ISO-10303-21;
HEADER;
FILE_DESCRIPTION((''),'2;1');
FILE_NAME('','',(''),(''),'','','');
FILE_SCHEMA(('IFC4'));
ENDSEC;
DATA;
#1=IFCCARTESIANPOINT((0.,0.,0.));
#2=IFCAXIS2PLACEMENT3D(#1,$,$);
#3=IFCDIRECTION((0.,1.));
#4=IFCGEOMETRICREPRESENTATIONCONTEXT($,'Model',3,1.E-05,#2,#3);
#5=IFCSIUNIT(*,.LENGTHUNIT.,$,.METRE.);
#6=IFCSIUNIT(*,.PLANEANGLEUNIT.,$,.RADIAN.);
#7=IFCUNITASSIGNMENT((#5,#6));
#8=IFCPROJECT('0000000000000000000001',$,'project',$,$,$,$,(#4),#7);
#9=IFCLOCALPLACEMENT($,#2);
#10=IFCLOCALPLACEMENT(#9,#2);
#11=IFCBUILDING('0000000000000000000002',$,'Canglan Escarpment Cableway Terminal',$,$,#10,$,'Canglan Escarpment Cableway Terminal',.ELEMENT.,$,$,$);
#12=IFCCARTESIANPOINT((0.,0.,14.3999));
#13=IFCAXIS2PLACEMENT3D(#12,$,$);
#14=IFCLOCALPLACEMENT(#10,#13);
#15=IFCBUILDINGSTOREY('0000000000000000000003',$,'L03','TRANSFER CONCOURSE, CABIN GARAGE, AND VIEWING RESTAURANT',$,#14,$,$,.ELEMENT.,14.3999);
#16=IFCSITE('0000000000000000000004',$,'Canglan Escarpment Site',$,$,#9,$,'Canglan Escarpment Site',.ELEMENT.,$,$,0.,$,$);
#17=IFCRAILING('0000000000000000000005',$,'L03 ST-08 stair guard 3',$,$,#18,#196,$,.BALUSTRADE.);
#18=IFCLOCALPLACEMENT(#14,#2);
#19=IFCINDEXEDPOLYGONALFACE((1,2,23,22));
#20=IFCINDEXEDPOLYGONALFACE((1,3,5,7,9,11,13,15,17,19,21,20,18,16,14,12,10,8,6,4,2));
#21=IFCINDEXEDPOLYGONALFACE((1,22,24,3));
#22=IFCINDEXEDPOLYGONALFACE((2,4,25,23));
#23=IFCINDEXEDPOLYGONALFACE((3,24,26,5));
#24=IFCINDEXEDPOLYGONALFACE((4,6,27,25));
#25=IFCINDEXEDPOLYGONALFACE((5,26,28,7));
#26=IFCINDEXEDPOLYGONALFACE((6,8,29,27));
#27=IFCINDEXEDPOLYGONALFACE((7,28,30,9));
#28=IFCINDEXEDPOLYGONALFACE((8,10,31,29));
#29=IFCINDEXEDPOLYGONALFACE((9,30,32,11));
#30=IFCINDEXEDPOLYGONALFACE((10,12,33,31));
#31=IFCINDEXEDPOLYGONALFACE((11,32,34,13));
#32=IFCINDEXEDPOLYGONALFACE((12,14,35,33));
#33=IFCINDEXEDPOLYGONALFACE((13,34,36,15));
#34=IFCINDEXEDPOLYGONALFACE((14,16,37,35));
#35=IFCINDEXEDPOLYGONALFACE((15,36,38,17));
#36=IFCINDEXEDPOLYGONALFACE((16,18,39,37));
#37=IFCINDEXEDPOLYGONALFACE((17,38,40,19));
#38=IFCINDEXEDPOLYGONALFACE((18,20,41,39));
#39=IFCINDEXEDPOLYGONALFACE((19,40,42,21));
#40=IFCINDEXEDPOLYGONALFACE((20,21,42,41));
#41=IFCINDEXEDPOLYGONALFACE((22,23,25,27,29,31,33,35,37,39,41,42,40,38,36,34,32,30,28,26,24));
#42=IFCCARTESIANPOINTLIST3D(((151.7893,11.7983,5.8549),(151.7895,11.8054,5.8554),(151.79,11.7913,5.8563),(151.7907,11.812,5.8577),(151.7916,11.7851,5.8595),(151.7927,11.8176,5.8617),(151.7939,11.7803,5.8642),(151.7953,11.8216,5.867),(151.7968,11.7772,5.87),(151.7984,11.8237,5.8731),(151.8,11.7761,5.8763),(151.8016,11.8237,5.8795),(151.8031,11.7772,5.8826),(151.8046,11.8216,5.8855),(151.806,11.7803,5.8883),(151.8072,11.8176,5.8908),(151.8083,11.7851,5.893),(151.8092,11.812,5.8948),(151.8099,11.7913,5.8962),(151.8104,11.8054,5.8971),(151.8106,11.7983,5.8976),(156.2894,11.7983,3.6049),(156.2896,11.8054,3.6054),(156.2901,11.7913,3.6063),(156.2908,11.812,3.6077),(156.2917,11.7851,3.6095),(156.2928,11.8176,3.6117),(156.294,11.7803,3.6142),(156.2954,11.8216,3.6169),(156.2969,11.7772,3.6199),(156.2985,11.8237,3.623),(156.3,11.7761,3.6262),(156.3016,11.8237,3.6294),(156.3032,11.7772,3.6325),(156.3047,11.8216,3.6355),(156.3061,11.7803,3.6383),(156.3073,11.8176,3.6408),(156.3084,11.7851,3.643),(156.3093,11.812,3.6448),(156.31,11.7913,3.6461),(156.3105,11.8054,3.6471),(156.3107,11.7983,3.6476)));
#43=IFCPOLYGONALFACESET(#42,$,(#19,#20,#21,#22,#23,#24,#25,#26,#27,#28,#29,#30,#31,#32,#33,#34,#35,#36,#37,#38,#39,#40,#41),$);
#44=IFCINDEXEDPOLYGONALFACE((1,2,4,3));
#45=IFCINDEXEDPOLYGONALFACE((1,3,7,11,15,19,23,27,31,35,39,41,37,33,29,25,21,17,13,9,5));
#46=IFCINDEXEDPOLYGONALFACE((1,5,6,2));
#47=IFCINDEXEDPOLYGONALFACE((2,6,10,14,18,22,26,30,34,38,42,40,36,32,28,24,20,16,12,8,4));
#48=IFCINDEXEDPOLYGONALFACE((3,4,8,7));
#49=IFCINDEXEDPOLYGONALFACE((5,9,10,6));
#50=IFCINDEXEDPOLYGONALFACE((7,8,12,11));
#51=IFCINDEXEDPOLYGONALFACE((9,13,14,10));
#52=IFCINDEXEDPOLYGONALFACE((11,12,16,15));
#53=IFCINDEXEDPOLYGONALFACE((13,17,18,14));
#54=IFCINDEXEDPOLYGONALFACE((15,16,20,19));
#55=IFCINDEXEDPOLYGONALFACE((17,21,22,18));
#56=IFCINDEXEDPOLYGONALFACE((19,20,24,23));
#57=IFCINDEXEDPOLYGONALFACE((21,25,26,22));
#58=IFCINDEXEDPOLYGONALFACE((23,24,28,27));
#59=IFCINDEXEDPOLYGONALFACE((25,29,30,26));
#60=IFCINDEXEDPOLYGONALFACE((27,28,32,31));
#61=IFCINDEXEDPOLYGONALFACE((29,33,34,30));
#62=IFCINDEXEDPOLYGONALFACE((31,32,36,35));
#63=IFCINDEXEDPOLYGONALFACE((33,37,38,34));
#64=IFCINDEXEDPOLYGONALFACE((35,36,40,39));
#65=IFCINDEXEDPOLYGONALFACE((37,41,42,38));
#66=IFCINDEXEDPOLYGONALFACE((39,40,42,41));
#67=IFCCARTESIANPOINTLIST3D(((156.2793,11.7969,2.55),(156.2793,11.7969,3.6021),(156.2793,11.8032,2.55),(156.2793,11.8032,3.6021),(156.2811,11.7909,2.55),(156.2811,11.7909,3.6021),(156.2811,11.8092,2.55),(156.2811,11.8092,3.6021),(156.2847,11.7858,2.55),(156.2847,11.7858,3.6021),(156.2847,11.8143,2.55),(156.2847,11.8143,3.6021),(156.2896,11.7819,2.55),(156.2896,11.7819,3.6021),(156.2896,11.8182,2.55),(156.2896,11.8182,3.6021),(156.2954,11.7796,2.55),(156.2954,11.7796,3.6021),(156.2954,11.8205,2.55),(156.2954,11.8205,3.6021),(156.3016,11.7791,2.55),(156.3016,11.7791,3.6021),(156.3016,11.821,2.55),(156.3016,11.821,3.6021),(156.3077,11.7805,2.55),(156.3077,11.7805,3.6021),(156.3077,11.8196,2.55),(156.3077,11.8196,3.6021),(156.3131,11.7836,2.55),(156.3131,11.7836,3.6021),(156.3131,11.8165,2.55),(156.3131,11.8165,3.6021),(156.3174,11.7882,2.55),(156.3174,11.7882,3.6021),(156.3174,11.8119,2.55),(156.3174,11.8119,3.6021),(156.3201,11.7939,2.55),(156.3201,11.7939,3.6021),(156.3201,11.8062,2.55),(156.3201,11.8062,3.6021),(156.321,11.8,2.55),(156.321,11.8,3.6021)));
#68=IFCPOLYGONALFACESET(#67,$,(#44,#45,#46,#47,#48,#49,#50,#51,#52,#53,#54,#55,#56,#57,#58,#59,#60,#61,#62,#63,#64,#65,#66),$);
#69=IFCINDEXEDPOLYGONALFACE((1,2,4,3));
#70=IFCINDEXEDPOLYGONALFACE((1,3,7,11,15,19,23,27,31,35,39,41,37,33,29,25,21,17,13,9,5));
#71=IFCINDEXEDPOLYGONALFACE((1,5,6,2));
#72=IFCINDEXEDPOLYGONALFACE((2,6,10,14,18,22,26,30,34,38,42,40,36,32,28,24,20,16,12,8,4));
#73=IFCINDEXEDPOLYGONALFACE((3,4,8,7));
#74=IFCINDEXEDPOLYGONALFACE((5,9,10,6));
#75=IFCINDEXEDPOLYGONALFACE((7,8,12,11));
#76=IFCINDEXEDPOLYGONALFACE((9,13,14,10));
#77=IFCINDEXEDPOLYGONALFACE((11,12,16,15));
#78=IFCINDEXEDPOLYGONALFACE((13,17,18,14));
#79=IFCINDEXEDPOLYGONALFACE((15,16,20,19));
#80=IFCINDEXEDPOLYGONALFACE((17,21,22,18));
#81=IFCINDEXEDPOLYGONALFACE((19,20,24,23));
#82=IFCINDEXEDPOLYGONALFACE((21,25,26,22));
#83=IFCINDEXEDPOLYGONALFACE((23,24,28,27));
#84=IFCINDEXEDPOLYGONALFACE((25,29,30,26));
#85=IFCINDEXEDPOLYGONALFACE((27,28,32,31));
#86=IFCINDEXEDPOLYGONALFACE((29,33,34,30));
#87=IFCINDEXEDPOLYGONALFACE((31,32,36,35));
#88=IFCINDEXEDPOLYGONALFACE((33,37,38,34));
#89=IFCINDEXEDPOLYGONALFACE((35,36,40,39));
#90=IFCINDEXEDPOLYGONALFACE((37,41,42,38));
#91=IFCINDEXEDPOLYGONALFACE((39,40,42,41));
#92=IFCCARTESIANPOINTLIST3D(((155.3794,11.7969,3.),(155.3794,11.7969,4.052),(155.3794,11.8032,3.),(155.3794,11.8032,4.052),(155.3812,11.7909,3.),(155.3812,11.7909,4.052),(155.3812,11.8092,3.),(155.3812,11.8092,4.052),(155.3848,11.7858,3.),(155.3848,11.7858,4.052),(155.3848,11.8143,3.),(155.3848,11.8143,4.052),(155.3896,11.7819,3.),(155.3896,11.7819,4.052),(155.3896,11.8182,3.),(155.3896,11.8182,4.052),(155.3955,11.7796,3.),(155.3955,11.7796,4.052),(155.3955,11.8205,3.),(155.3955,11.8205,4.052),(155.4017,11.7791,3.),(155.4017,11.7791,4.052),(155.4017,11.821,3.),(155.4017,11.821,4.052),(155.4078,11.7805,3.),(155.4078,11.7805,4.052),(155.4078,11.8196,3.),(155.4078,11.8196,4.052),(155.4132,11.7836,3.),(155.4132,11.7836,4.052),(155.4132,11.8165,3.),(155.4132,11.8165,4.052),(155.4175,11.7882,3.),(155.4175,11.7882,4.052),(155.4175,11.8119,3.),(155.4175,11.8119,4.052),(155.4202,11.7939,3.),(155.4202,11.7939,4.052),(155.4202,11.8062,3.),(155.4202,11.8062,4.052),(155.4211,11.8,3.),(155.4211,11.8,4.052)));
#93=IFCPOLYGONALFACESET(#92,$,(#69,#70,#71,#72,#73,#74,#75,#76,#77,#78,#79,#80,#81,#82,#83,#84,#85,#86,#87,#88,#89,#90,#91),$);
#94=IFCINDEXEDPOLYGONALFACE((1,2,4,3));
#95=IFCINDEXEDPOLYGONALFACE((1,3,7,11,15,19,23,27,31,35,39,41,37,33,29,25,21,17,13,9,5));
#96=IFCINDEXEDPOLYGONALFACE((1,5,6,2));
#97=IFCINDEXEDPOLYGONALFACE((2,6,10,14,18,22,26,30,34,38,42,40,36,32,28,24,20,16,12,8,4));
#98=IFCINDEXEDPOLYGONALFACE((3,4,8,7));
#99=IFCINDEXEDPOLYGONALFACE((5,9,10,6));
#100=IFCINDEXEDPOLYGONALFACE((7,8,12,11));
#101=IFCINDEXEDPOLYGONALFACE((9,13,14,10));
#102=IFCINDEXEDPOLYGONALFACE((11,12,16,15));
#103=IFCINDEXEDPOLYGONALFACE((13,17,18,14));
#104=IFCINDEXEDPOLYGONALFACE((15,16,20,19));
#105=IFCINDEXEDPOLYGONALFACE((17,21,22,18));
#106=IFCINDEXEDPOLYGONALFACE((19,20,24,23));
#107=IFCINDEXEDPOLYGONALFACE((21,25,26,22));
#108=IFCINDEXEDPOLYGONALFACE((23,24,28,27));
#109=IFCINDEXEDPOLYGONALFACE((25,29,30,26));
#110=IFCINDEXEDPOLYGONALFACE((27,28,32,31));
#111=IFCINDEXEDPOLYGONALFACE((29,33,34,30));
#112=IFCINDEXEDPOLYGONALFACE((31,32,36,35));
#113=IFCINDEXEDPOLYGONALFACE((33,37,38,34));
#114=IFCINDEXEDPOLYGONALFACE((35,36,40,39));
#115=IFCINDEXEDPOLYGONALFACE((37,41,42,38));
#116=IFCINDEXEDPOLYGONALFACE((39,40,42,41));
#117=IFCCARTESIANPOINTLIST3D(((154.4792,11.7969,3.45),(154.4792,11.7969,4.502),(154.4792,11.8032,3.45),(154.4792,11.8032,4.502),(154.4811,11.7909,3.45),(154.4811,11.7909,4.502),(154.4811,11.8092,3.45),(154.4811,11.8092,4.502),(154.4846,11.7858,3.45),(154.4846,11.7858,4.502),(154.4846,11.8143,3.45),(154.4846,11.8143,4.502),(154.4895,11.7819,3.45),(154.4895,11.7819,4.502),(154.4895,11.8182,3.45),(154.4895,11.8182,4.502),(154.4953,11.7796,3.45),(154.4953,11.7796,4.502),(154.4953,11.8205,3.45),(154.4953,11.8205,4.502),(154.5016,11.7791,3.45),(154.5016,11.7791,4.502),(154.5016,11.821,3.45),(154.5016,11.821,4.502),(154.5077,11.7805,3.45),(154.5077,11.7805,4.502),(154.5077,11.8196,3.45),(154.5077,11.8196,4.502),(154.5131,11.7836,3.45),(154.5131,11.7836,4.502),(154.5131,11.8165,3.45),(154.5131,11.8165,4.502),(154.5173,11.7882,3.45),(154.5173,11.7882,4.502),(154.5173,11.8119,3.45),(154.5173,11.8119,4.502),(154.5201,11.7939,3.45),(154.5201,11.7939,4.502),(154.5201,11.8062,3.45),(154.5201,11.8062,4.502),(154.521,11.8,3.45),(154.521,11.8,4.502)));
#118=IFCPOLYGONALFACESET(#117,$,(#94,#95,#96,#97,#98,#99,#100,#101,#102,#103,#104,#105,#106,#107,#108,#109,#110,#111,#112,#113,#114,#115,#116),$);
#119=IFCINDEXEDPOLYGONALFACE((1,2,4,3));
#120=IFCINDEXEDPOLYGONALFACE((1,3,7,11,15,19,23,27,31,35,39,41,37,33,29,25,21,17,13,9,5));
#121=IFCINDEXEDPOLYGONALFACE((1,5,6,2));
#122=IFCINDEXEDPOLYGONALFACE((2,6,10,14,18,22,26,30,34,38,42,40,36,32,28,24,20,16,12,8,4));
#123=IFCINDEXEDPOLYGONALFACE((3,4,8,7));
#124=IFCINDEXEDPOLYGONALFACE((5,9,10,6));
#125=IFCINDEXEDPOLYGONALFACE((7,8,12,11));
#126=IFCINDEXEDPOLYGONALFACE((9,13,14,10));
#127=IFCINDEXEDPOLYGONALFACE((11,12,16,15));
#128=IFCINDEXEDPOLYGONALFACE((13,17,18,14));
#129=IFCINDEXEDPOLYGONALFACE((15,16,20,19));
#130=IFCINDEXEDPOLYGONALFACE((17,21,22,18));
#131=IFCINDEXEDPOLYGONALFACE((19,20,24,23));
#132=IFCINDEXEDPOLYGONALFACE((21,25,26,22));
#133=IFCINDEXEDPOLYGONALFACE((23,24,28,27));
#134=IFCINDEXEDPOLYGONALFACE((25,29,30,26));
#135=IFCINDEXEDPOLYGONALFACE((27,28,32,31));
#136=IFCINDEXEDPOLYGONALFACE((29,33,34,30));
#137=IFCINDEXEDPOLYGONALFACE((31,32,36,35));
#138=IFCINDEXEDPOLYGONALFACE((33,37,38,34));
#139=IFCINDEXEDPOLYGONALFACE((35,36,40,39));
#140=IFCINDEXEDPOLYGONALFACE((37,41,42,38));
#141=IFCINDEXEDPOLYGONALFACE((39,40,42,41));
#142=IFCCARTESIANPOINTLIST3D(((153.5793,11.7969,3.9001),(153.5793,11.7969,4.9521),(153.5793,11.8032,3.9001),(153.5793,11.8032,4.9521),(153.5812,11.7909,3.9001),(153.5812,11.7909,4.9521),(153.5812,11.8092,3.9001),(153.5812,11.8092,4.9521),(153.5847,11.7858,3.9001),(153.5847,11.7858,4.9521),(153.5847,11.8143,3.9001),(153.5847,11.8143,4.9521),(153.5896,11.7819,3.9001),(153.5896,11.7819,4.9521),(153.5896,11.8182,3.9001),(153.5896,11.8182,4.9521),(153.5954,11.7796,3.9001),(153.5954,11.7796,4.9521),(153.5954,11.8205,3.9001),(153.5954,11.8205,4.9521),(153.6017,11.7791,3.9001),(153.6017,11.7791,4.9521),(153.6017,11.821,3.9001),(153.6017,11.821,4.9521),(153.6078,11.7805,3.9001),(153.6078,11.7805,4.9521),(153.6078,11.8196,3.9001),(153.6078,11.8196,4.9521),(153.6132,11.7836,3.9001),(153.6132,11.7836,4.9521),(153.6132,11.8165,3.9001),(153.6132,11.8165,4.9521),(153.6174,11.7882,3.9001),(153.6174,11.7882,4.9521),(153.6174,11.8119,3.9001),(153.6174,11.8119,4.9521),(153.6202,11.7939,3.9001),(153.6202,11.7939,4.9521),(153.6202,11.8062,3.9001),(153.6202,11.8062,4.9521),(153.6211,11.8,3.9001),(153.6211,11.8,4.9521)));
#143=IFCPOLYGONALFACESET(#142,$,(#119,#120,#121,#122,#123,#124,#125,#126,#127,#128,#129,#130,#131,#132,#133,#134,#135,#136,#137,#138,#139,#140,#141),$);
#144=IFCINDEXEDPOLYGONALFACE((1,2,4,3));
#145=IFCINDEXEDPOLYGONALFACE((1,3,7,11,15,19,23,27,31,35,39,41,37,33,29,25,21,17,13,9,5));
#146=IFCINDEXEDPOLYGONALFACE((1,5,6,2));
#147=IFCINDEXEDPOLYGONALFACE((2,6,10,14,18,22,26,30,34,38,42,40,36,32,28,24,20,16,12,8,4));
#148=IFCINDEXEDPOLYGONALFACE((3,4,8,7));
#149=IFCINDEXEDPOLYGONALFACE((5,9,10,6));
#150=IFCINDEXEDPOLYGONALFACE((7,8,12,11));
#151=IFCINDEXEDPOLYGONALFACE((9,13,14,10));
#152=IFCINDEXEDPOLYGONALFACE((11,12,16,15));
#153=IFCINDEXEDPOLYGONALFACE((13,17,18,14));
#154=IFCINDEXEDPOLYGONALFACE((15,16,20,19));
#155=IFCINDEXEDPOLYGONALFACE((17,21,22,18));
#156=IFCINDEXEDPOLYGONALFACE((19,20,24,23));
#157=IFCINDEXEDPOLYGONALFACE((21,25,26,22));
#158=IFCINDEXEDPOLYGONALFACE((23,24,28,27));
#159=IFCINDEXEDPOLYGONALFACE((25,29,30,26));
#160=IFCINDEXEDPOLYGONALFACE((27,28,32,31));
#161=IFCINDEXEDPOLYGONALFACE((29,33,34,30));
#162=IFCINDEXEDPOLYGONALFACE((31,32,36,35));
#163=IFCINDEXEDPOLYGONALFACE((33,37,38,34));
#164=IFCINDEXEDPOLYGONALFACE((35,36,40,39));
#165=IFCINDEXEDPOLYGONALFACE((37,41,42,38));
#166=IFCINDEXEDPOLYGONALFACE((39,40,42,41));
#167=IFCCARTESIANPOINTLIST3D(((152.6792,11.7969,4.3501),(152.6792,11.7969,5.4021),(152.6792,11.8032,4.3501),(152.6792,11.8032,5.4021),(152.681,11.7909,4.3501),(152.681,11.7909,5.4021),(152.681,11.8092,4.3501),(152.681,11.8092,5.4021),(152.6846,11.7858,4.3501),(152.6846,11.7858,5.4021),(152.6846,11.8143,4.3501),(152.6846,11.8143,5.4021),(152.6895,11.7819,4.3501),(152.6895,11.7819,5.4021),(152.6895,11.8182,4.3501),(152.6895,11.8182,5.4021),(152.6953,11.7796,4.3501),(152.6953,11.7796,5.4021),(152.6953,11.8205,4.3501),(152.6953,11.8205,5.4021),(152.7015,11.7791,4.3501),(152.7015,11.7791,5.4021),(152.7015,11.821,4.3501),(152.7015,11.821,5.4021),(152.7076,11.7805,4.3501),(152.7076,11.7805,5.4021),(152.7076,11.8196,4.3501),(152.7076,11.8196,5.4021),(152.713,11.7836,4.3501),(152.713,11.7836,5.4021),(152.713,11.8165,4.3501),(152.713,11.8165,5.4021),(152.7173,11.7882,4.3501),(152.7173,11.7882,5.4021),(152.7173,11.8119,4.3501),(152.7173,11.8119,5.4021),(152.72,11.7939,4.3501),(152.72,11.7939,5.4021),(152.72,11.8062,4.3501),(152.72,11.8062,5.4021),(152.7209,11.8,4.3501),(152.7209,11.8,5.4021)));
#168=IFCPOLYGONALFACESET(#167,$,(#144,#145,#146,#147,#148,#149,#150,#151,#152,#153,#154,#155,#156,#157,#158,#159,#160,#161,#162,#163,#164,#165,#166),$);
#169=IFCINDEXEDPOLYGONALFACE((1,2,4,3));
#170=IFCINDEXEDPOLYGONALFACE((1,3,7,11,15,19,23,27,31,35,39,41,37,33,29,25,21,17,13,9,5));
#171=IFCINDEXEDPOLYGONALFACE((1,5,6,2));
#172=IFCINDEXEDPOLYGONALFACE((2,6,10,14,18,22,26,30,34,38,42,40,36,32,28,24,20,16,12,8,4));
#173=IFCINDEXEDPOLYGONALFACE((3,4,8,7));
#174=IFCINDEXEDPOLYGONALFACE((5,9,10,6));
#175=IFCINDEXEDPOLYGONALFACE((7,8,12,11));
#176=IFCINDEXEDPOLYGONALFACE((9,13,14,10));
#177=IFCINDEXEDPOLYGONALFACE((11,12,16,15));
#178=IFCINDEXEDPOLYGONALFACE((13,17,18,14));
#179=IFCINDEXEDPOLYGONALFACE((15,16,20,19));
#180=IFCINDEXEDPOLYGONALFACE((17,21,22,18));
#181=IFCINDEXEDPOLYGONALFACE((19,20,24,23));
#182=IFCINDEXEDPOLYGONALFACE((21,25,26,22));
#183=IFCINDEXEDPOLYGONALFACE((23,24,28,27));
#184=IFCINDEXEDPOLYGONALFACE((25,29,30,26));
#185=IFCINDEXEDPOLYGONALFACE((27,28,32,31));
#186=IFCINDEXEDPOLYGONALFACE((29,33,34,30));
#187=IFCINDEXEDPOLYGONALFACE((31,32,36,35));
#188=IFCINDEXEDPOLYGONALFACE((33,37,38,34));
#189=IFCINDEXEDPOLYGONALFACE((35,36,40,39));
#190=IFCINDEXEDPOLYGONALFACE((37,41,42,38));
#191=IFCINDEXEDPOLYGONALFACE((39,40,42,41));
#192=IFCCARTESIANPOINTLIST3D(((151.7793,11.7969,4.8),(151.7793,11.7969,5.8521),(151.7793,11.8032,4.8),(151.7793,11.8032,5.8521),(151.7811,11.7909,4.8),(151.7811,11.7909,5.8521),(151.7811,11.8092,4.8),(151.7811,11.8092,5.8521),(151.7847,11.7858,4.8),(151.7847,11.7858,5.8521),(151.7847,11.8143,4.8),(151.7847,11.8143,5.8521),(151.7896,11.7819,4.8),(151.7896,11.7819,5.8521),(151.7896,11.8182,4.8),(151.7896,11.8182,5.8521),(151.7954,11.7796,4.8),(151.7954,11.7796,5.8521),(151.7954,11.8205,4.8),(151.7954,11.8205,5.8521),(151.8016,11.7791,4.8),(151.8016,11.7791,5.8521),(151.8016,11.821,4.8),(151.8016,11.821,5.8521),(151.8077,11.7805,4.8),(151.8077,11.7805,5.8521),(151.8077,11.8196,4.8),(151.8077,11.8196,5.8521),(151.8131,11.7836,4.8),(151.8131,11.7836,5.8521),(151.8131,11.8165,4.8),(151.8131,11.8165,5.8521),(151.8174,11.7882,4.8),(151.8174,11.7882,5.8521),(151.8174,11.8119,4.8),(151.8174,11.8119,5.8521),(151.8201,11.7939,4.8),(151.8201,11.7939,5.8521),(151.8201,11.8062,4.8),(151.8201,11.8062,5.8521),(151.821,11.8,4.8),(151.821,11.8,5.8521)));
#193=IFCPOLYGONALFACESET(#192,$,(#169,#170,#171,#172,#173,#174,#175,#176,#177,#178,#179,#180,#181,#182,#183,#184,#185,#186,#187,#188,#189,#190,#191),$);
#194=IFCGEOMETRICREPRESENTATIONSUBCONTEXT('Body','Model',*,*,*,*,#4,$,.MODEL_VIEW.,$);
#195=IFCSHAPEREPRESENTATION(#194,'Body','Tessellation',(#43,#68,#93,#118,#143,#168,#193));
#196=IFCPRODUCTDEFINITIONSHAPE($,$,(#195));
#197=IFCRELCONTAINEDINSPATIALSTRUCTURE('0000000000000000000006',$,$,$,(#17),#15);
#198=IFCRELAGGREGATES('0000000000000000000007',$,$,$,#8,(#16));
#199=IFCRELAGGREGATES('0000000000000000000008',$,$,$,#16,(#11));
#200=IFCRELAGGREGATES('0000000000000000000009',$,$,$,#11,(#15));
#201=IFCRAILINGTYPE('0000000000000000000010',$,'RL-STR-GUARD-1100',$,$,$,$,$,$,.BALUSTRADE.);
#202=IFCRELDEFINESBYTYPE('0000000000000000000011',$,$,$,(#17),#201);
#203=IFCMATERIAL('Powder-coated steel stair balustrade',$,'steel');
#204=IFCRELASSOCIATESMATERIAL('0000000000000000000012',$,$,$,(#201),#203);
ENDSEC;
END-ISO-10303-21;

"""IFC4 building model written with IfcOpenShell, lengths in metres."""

from ifc_helpers import new_model, si_unit, direction, frame, origin, origin_2d, place, context, subcontext, project, spatial, circle, extrude, material, type_object, element, save


model = new_model("IFC4")

# Units and contexts
model_context = context("Model", 3, precision=1e-05, world=origin(), true_north=direction((0.0, 1.0)))
body_context = subcontext(model_context, "Body", "Model", "MODEL_VIEW")
ifc_project = project(units=[si_unit("LENGTHUNIT", "METRE"), si_unit("PLANEANGLEUNIT", "RADIAN")], contexts=[model_context])

# Site, building, storey
site_placement = place(None, origin())
site = spatial("IfcSite", under=ifc_project, at=site_placement, Name="Canglan Escarpment Site", LongName="Canglan Escarpment Site", CompositionType="ELEMENT", RefElevation=0.0)
building_placement = place(site_placement, origin())
building = spatial("IfcBuilding", under=site, at=building_placement, Name="Canglan Escarpment Cableway Terminal", LongName="Canglan Escarpment Cableway Terminal", CompositionType="ELEMENT")
storey_placement = place(building_placement, frame((0.0, 0.0, 14.3999)))
storey = spatial("IfcBuildingStorey", under=building, at=storey_placement, Name="L03", Description="TRANSFER CONCOURSE, CABIN GARAGE, AND VIEWING RESTAURANT", CompositionType="ELEMENT", Elevation=14.3999)

# Railing
ifc_material_1 = material(Name="Powder-coated steel stair balustrade", Category="steel")
railing_type_1 = type_object("IfcRailingType", Name="RL-STR-GUARD-1100", PredefinedType="BALUSTRADE", material=ifc_material_1)
railing_1_placement = place(storey_placement, frame((156.3, 11.8, 2.55)))
element("IfcRailing", 1, at=railing_1_placement, inside=storey, type_object=railing_type_1, Name="L03 ST-08 stair guard 3", PredefinedType="BALUSTRADE", context=body_context, shape_type="SweptSolid", body=[
    extrude(circle(Radius=0.0239, at=origin_2d()), frame((0.0, 0.0, 1.0762), z_axis=(-0.894427, 0.0, 0.447214), x_axis=(0.0, -1.0, 0.0)), (0.0, 0.0, 1.0), 5.0312),
    extrude(circle(Radius=0.021, at=origin_2d()), origin(), (0.0, 0.0, 1.0), 1.052),
    extrude(circle(Radius=0.021, at=origin_2d()), frame((-0.8999, 0.0, 0.45)), (0.0, 0.0, 1.0), 1.052),
    extrude(circle(Radius=0.021, at=origin_2d()), frame((-1.8, 0.0, 0.8999)), (0.0, 0.0, 1.0), 1.052),
    extrude(circle(Radius=0.021, at=origin_2d()), frame((-2.7, 0.0, 1.3501)), (0.0, 0.0, 1.0), 1.052),
    extrude(circle(Radius=0.021, at=origin_2d()), frame((-3.6001, 0.0, 1.8)), (0.0, 0.0, 1.0), 1.052),
    extrude(circle(Radius=0.021, at=origin_2d()), frame((-4.5, 0.0, 2.25)), (0.0, 0.0, 1.0), 1.052),
])

save(model, "model.ifc")
